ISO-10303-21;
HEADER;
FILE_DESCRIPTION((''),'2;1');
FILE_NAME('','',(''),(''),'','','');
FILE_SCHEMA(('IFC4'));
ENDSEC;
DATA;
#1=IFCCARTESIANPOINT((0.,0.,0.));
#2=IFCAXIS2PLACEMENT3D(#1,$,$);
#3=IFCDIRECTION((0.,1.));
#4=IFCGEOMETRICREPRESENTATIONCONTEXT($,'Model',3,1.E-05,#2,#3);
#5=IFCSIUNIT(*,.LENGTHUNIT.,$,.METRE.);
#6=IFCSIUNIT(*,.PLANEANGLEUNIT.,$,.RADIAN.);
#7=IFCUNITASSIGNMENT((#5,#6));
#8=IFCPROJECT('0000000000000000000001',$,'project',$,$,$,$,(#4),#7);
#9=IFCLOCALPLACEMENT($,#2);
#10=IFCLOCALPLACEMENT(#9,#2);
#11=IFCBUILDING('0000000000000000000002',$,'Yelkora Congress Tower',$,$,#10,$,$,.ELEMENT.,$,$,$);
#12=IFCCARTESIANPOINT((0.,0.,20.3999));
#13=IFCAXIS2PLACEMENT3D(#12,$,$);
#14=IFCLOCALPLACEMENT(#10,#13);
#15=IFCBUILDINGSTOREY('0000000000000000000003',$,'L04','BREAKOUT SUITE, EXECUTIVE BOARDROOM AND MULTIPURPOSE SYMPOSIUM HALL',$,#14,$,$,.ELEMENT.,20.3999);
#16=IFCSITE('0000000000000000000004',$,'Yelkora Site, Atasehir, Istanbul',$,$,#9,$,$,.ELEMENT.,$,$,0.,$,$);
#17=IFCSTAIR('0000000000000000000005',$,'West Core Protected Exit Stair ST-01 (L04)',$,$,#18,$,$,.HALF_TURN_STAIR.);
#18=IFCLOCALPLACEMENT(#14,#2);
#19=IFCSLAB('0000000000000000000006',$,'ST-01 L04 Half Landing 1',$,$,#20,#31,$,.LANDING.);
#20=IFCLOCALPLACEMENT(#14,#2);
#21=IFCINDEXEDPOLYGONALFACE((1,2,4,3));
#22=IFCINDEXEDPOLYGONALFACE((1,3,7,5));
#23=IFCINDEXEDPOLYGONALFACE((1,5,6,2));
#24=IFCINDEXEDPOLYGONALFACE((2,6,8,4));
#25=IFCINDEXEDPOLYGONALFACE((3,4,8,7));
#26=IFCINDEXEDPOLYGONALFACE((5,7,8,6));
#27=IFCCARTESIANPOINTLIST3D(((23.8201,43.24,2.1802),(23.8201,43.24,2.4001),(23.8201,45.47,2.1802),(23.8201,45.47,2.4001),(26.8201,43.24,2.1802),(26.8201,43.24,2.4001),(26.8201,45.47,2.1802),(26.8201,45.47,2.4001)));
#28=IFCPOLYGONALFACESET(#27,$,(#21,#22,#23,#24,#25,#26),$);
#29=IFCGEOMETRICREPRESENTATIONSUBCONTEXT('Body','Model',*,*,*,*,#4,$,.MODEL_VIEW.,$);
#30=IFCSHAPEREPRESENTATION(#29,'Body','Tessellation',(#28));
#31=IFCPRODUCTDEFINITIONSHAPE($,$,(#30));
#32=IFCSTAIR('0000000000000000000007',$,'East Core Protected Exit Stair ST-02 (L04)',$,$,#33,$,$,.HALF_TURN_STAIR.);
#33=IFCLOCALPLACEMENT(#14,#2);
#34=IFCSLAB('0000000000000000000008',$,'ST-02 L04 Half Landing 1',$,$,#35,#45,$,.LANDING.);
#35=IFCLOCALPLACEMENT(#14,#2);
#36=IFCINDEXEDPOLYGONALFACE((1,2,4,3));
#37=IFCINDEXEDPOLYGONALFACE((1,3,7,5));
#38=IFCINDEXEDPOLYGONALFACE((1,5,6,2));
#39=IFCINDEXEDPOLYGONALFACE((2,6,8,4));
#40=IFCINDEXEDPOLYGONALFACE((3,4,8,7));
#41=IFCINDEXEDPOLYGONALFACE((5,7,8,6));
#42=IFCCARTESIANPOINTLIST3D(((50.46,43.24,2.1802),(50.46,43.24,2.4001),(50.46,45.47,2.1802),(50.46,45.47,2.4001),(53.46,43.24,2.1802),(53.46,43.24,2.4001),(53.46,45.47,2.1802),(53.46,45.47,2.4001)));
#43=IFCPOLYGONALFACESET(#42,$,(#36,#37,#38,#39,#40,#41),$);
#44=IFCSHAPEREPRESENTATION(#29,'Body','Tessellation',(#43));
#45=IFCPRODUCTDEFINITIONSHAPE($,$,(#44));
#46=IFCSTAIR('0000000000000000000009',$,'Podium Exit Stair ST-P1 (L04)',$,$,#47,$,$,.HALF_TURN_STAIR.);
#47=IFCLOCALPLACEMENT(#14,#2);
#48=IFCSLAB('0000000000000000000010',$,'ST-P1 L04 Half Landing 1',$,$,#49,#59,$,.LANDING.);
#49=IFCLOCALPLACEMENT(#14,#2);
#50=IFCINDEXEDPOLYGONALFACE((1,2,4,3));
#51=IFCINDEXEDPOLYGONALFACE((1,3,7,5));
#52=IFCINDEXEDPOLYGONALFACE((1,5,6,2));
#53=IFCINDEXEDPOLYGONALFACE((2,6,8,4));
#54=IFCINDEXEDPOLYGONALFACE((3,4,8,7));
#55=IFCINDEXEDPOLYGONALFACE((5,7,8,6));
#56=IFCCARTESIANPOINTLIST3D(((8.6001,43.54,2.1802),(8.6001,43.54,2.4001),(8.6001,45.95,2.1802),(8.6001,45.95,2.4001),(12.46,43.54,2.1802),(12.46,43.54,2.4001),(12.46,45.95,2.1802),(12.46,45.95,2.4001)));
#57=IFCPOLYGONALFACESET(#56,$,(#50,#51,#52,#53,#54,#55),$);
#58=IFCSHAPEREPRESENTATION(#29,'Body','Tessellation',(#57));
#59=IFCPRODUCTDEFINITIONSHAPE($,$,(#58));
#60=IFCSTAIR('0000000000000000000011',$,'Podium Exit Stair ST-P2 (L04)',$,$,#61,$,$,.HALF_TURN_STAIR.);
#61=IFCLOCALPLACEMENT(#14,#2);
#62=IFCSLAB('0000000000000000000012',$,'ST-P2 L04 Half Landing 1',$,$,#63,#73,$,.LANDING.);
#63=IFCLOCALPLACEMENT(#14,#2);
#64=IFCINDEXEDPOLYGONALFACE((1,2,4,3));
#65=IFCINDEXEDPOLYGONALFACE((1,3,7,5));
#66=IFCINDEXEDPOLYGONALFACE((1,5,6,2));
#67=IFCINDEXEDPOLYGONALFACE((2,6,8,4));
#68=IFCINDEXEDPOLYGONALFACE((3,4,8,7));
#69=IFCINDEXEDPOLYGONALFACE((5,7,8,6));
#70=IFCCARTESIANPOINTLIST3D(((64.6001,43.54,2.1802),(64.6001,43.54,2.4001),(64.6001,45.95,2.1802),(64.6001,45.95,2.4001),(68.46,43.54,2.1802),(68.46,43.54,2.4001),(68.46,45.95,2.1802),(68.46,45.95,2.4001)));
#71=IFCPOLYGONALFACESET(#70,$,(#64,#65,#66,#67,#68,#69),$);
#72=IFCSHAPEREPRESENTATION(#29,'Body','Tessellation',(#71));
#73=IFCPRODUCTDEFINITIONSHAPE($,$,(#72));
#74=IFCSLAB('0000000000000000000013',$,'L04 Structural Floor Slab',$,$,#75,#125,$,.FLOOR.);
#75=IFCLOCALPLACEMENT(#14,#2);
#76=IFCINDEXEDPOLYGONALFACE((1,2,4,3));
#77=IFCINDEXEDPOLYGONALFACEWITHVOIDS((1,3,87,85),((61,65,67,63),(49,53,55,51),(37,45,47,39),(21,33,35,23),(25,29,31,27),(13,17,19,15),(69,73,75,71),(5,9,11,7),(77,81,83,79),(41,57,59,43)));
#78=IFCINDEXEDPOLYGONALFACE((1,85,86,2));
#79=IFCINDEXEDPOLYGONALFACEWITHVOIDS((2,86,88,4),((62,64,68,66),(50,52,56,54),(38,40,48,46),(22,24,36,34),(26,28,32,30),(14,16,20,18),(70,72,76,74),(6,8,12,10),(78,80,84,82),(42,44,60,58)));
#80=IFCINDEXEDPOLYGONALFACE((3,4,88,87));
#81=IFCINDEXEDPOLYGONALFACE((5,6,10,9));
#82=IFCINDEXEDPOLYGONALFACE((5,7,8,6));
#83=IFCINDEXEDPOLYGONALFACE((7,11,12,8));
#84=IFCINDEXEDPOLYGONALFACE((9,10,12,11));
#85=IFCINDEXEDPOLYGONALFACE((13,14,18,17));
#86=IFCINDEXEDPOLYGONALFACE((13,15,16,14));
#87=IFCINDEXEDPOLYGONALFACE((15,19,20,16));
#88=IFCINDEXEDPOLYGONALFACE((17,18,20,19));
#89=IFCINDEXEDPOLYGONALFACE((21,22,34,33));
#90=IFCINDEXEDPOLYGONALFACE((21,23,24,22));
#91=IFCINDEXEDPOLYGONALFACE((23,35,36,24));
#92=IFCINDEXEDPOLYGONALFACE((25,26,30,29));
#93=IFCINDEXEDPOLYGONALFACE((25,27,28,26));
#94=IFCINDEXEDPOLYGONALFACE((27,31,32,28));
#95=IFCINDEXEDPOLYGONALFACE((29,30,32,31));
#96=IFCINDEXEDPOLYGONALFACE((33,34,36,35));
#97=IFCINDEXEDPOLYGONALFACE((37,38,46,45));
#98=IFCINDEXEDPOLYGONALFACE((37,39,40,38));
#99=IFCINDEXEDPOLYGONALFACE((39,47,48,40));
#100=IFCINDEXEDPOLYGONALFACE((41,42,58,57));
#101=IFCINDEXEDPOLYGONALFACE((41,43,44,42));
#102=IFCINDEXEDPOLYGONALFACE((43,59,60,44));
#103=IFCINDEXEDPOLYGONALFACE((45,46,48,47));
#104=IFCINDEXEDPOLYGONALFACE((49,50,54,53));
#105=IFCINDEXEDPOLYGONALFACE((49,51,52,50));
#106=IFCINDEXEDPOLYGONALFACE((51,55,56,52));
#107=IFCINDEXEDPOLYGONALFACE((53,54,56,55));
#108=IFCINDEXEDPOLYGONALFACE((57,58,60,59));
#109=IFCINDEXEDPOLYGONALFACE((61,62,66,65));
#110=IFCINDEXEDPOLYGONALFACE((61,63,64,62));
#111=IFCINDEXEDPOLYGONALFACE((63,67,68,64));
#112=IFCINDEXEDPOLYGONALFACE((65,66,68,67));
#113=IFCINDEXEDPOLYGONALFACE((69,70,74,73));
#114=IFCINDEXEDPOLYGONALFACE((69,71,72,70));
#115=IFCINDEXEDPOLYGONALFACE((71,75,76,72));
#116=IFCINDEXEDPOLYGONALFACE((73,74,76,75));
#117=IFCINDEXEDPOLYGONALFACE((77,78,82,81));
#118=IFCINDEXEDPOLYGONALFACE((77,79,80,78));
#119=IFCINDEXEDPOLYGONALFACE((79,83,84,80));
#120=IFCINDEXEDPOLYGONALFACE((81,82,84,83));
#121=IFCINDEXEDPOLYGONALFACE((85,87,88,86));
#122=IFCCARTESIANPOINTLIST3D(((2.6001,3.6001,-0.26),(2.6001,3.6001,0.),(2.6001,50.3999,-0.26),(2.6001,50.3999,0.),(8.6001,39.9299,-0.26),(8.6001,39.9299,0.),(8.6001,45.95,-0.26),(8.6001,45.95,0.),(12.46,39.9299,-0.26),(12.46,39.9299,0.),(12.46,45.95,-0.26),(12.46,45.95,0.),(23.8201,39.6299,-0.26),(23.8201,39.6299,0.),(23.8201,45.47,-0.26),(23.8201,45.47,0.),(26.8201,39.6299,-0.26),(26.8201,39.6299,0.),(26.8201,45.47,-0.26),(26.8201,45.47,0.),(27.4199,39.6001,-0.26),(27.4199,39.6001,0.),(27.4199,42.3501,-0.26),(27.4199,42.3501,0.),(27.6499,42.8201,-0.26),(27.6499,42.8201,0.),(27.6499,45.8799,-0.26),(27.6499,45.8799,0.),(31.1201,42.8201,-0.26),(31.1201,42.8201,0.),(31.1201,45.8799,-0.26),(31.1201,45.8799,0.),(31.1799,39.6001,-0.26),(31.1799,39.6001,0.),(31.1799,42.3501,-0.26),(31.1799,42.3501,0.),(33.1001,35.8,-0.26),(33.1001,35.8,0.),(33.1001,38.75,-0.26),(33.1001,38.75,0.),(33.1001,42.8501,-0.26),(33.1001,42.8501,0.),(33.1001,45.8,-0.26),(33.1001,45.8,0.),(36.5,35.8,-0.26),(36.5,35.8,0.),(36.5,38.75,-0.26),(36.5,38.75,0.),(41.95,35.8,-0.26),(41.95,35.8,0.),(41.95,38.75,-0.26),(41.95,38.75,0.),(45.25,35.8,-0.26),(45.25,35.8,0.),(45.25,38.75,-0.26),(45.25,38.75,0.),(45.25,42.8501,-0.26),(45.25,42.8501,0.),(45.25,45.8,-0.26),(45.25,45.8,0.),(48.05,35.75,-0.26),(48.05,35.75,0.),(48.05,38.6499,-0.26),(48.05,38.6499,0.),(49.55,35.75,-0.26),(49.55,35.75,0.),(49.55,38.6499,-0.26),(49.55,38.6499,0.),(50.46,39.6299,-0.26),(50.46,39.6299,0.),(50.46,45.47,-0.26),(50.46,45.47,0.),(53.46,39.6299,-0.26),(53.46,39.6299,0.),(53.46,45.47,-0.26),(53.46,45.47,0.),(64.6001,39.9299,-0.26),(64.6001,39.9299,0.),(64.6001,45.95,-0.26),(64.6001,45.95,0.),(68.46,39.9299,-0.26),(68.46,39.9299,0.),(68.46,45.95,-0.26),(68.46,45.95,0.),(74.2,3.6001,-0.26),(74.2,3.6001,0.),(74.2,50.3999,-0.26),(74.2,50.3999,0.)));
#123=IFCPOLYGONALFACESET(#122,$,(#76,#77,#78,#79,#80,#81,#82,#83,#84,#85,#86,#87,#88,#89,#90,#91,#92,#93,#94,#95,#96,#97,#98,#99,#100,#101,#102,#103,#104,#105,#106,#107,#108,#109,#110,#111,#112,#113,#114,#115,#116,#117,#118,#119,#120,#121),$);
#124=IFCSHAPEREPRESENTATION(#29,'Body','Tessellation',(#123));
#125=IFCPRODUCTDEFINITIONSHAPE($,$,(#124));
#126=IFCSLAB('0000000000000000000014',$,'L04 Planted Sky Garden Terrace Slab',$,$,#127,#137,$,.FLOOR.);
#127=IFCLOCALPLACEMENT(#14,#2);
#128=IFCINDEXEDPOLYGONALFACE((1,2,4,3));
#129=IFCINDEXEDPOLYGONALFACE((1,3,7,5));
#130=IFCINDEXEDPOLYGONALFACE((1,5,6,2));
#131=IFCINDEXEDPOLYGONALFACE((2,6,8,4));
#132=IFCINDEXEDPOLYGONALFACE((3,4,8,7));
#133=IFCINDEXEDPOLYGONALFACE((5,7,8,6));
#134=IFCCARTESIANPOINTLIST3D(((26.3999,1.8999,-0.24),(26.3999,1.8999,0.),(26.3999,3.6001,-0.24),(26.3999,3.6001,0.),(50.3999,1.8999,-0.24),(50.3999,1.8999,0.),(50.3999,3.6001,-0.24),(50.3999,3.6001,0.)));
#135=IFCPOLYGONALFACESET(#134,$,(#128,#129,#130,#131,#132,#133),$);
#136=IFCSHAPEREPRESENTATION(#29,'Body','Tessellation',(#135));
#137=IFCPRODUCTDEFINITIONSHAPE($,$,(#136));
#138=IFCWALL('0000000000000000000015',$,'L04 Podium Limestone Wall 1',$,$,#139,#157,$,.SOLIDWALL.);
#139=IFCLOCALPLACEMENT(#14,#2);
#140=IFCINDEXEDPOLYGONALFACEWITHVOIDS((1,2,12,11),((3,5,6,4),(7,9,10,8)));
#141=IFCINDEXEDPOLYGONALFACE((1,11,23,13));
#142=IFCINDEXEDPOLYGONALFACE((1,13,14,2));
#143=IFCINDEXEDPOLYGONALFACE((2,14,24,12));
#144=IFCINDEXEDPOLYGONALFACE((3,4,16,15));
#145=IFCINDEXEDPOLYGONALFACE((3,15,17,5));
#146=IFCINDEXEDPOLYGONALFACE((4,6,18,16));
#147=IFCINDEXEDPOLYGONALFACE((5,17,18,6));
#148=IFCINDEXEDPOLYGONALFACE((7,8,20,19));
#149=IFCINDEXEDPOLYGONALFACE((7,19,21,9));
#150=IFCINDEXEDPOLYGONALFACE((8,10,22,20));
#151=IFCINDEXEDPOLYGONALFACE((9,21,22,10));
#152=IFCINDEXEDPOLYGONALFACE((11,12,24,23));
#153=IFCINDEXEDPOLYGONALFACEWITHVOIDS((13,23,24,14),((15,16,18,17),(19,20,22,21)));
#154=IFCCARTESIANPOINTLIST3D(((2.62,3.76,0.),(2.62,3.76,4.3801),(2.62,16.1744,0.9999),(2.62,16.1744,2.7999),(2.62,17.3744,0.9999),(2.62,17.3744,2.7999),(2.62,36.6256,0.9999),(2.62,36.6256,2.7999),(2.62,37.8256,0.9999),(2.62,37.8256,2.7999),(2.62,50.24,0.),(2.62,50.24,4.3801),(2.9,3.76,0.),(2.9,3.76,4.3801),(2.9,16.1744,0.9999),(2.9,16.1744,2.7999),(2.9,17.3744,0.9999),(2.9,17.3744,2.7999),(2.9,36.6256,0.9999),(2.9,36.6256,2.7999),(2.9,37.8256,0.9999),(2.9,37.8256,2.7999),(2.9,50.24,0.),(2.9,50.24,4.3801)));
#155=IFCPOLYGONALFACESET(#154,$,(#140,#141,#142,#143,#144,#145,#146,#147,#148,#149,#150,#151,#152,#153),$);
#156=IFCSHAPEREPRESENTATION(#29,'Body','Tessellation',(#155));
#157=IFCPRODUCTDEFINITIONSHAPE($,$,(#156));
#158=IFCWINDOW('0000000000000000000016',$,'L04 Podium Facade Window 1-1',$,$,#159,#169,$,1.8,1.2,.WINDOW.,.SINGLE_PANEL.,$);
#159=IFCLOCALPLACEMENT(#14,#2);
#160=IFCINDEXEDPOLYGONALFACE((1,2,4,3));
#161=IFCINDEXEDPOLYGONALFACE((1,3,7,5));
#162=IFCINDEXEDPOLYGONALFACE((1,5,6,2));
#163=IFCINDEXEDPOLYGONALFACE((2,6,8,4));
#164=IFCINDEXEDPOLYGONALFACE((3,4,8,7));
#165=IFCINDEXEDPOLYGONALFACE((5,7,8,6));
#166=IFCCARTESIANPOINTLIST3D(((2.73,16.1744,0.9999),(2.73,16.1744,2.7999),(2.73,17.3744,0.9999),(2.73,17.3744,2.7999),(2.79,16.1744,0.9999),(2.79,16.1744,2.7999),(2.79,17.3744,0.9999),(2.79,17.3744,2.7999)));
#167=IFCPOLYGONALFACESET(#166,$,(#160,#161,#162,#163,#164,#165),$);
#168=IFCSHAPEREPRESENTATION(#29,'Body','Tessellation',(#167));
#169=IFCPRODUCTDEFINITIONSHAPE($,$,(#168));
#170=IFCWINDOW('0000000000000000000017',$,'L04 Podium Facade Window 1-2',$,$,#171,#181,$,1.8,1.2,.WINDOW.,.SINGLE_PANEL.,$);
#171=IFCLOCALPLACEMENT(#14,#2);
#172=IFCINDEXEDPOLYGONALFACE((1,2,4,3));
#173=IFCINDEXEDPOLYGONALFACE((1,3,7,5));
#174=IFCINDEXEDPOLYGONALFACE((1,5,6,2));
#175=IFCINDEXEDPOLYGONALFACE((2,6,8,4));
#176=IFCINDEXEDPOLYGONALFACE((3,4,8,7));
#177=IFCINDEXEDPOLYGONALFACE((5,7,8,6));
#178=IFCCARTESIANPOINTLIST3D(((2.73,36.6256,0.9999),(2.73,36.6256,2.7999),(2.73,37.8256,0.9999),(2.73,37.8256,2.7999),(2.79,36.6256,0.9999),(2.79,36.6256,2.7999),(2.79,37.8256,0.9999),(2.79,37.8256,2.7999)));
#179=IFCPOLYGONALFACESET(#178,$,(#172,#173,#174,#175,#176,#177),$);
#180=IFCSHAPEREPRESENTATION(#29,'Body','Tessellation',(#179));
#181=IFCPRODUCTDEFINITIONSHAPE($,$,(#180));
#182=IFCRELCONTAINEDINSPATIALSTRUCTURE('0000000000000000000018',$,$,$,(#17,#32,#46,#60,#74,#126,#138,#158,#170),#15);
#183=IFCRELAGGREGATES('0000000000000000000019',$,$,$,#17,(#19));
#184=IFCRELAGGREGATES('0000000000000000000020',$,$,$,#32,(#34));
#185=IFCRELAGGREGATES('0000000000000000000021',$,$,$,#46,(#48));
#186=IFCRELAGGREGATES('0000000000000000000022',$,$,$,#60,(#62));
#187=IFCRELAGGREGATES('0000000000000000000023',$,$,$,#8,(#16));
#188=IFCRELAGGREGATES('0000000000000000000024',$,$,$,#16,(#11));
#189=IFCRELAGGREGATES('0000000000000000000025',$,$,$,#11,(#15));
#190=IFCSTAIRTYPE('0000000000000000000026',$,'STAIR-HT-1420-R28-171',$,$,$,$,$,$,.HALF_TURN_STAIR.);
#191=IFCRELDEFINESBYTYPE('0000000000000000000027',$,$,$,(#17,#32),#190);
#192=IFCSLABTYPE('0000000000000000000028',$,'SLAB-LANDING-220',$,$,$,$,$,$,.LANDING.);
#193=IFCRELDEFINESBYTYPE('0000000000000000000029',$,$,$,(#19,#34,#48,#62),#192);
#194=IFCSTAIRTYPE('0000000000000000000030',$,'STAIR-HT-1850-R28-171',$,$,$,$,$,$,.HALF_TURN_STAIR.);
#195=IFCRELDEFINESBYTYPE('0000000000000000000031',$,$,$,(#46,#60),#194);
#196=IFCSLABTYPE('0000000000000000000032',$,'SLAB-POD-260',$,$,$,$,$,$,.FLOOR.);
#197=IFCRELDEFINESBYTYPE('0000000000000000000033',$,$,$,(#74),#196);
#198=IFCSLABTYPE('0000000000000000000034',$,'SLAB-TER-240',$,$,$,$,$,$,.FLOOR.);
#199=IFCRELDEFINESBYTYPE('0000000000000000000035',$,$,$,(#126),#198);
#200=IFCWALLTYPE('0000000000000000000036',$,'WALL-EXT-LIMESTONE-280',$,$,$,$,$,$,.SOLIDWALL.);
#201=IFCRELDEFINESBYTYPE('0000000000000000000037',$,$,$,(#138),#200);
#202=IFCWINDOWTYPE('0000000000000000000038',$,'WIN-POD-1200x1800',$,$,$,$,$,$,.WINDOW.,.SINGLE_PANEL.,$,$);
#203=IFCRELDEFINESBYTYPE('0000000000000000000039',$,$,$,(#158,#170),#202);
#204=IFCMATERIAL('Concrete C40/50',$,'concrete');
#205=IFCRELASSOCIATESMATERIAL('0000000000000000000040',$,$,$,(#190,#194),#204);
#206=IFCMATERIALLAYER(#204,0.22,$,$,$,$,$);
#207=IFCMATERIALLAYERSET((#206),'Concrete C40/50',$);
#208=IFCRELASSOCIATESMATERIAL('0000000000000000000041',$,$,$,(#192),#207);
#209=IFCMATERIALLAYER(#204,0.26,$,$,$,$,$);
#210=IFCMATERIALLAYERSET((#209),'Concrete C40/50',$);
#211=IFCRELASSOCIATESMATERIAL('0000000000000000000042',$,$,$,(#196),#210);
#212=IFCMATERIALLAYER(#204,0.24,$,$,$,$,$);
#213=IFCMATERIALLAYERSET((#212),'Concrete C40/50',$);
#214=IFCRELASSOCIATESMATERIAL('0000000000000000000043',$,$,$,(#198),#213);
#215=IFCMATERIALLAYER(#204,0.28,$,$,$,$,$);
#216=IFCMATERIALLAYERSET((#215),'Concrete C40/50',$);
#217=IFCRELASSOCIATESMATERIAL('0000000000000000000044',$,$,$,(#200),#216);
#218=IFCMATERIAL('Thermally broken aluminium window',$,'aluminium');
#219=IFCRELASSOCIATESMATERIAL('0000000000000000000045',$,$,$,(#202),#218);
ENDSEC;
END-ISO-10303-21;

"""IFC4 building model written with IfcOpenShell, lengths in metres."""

from ifc_helpers import new_model, si_unit, direction, frame, frame_2d, origin, place, context, subcontext, project, spatial, polyline, rectangle, outline, extrude, material, layer, layer_set, type_object, element, fill, aggregate, save


model = new_model("IFC4")

# Units and contexts
model_context = context("Model", 3, precision=1e-05, world=origin(), true_north=direction((0.0, 1.0)))
body_context = subcontext(model_context, "Body", "Model", "MODEL_VIEW")
ifc_project = project(units=[si_unit("LENGTHUNIT", "METRE"), si_unit("PLANEANGLEUNIT", "RADIAN")], contexts=[model_context])

# Site, building, storey
site_placement = place(None, origin())
site = spatial("IfcSite", under=ifc_project, at=site_placement, Name="Yelkora Site, Atasehir, Istanbul", CompositionType="ELEMENT", RefElevation=0.0)
building_placement = place(site_placement, origin())
building = spatial("IfcBuilding", under=site, at=building_placement, Name="Yelkora Congress Tower", CompositionType="ELEMENT")
storey_placement = place(building_placement, frame((0.0, 0.0, 20.3999)))
storey = spatial("IfcBuildingStorey", under=building, at=storey_placement, Name="L04", Description="BREAKOUT SUITE, EXECUTIVE BOARDROOM AND MULTIPURPOSE SYMPOSIUM HALL", CompositionType="ELEMENT", Elevation=20.3999)

# Stairs, slabs
ifc_material_1 = material(Name="Concrete C40/50", Category="concrete")
stair_type_1 = type_object("IfcStairType", Name="STAIR-HT-1420-R28-171", PredefinedType="HALF_TURN_STAIR", material=ifc_material_1)
stair_1_placement = place(storey_placement, origin())
stair_1 = element("IfcStair", 1, at=stair_1_placement, inside=storey, type_object=stair_type_1, Name="West Core Protected Exit Stair ST-01 (L04)", PredefinedType="HALF_TURN_STAIR")
ifc_layer_1 = layer(ifc_material_1, 0.22)
ifc_layer_set_1 = layer_set([ifc_layer_1], Name="Concrete C40/50")
slab_type_1 = type_object("IfcSlabType", Name="SLAB-LANDING-220", PredefinedType="LANDING", material=ifc_layer_set_1)
slab_1_placement = place(storey_placement, frame((0.0, 0.0, 2.1802)))
slab_1 = element("IfcSlab", 2, at=slab_1_placement, type_object=slab_type_1, Name="ST-01 L04 Half Landing 1", PredefinedType="LANDING", context=body_context, shape_type="SweptSolid", body=[
    extrude(outline(polyline([(26.8201, 43.24), (26.8201, 45.47), (23.8201, 45.47), (23.8201, 43.24), (26.8201, 43.24)])), origin(), (0.0, 0.0, 1.0), 0.22),
])
aggregate(stair_1, [slab_1])
stair_2_placement = place(storey_placement, origin())
stair_2 = element("IfcStair", 3, at=stair_2_placement, inside=storey, type_object=stair_type_1, Name="East Core Protected Exit Stair ST-02 (L04)", PredefinedType="HALF_TURN_STAIR")
slab_2_placement = place(storey_placement, frame((0.0, 0.0, 2.1802)))
slab_2 = element("IfcSlab", 4, at=slab_2_placement, type_object=slab_type_1, Name="ST-02 L04 Half Landing 1", PredefinedType="LANDING", context=body_context, shape_type="SweptSolid", body=[
    extrude(outline(polyline([(53.46, 43.24), (53.46, 45.47), (50.46, 45.47), (50.46, 43.24), (53.46, 43.24)])), origin(), (0.0, 0.0, 1.0), 0.22),
])
aggregate(stair_2, [slab_2])
stair_type_2 = type_object("IfcStairType", Name="STAIR-HT-1850-R28-171", PredefinedType="HALF_TURN_STAIR", material=ifc_material_1)
stair_3_placement = place(storey_placement, origin())
stair_3 = element("IfcStair", 5, at=stair_3_placement, inside=storey, type_object=stair_type_2, Name="Podium Exit Stair ST-P1 (L04)", PredefinedType="HALF_TURN_STAIR")
slab_3_placement = place(storey_placement, frame((0.0, 0.0, 2.1802)))
slab_3 = element("IfcSlab", 6, at=slab_3_placement, type_object=slab_type_1, Name="ST-P1 L04 Half Landing 1", PredefinedType="LANDING", context=body_context, shape_type="SweptSolid", body=[
    extrude(outline(polyline([(12.46, 43.54), (12.46, 45.95), (8.6001, 45.95), (8.6001, 43.54), (12.46, 43.54)])), origin(), (0.0, 0.0, 1.0), 0.22),
])
aggregate(stair_3, [slab_3])
stair_4_placement = place(storey_placement, origin())
stair_4 = element("IfcStair", 7, at=stair_4_placement, inside=storey, type_object=stair_type_2, Name="Podium Exit Stair ST-P2 (L04)", PredefinedType="HALF_TURN_STAIR")
slab_4_placement = place(storey_placement, frame((0.0, 0.0, 2.1802)))
slab_4 = element("IfcSlab", 8, at=slab_4_placement, type_object=slab_type_1, Name="ST-P2 L04 Half Landing 1", PredefinedType="LANDING", context=body_context, shape_type="SweptSolid", body=[
    extrude(outline(polyline([(68.46, 43.54), (68.46, 45.95), (64.6001, 45.95), (64.6001, 43.54), (68.46, 43.54)])), origin(), (0.0, 0.0, 1.0), 0.22),
])
aggregate(stair_4, [slab_4])

# Slabs
ifc_layer_2 = layer(ifc_material_1, 0.26)
ifc_layer_set_2 = layer_set([ifc_layer_2], Name="Concrete C40/50")
slab_type_2 = type_object("IfcSlabType", Name="SLAB-POD-260", PredefinedType="FLOOR", material=ifc_layer_set_2)
slab_5_placement = place(storey_placement, frame((0.0, 0.0, -0.26)))
element("IfcSlab", 9, at=slab_5_placement, inside=storey, type_object=slab_type_2, Name="L04 Structural Floor Slab", PredefinedType="FLOOR", context=body_context, shape_type="SweptSolid", body=[
    extrude(outline(polyline([(2.6001, 3.6001), (74.2, 3.6001), (74.2, 50.3999), (2.6001, 50.3999), (2.6001, 3.6001)]), holes=[polyline([(23.8201, 39.6299), (26.8201, 39.6299), (26.8201, 45.47), (23.8201, 45.47), (23.8201, 39.6299)]), polyline([(50.46, 39.6299), (53.46, 39.6299), (53.46, 45.47), (50.46, 45.47), (50.46, 39.6299)]), polyline([(8.6001, 39.9299), (12.46, 39.9299), (12.46, 45.95), (8.6001, 45.95), (8.6001, 39.9299)]), polyline([(64.6001, 39.9299), (68.46, 39.9299), (68.46, 45.95), (64.6001, 45.95), (64.6001, 39.9299)]), polyline([(48.05, 35.75), (49.55, 35.75), (49.55, 38.6499), (48.05, 38.6499), (48.05, 35.75)]), polyline([(41.95, 35.8), (45.25, 35.8), (45.25, 38.75), (41.95, 38.75), (41.95, 35.8)]), polyline([(33.1001, 42.8501), (45.25, 42.8501), (45.25, 45.8), (33.1001, 45.8), (33.1001, 42.8501)]), polyline([(33.1001, 35.8), (36.5, 35.8), (36.5, 38.75), (33.1001, 38.75), (33.1001, 35.8)]), polyline([(27.4199, 39.6001), (31.1799, 39.6001), (31.1799, 42.3501), (27.4199, 42.3501), (27.4199, 39.6001)]), polyline([(27.6499, 42.8201), (31.1201, 42.8201), (31.1201, 45.8799), (27.6499, 45.8799), (27.6499, 42.8201)])]), origin(), (0.0, 0.0, 1.0), 0.26),
])
ifc_layer_3 = layer(ifc_material_1, 0.24)
ifc_layer_set_3 = layer_set([ifc_layer_3], Name="Concrete C40/50")
slab_type_3 = type_object("IfcSlabType", Name="SLAB-TER-240", PredefinedType="FLOOR", material=ifc_layer_set_3)
slab_6_placement = place(storey_placement, frame((0.0, 0.0, -0.24)))
element("IfcSlab", 10, at=slab_6_placement, inside=storey, type_object=slab_type_3, Name="L04 Planted Sky Garden Terrace Slab", PredefinedType="FLOOR", context=body_context, shape_type="SweptSolid", body=[
    extrude(outline(polyline([(26.3999, 1.8999), (26.3999, 3.6001), (50.3999, 3.6001), (50.3999, 1.8999), (26.3999, 1.8999)])), origin(), (0.0, 0.0, 1.0), 0.24),
])

# Wall, openings, windows
ifc_layer_4 = layer(ifc_material_1, 0.28)
ifc_layer_set_4 = layer_set([ifc_layer_4], Name="Concrete C40/50")
wall_type = type_object("IfcWallType", Name="WALL-EXT-LIMESTONE-280", PredefinedType="SOLIDWALL", material=ifc_layer_set_4)
wall_placement = place(storey_placement, frame((2.76, 3.76, 0.0), z_axis=(0.0, 0.0, 1.0), x_axis=(0.0, 1.0, 0.0)))
wall = element("IfcWall", 11, at=wall_placement, inside=storey, type_object=wall_type, Name="L04 Podium Limestone Wall 1", PredefinedType="SOLIDWALL", context=body_context, shape_type="SweptSolid", body=[
    extrude(rectangle(XDim=46.48, YDim=0.28, at=frame_2d((23.24, 0.0))), origin(), (0.0, 0.0, 1.0), 4.3801),
])
opening_1_placement = place(wall_placement, frame((12.4143, 0.0, 1.0)))
opening_1 = element("IfcOpeningElement", 12, at=opening_1_placement, cuts=wall, PredefinedType="OPENING", context=body_context, shape_type="SweptSolid", body=[
    extrude(rectangle(XDim=1.2, YDim=1.8, at=frame_2d((0.6001, 0.8999))), frame((0.0, 0.1499, 0.0), z_axis=(0.0, -1.0, 0.0), x_axis=(1.0, 0.0, 0.0)), (0.0, 0.0, 1.0), 0.3),
])
opening_2_placement = place(wall_placement, frame((32.8655, 0.0, 1.0)))
opening_2 = element("IfcOpeningElement", 13, at=opening_2_placement, cuts=wall, PredefinedType="OPENING", context=body_context, shape_type="SweptSolid", body=[
    extrude(rectangle(XDim=1.2, YDim=1.8, at=frame_2d((0.6001, 0.8999))), frame((0.0, 0.1499, 0.0), z_axis=(0.0, -1.0, 0.0), x_axis=(1.0, 0.0, 0.0)), (0.0, 0.0, 1.0), 0.3),
])
ifc_material_2 = material(Name="Thermally broken aluminium window", Category="aluminium")
window_type = type_object("IfcWindowType", Name="WIN-POD-1200x1800", PartitioningType="SINGLE_PANEL", PredefinedType="WINDOW", material=ifc_material_2)
window_1_placement = place(opening_1_placement, origin())
window_1 = element("IfcWindow", 14, at=window_1_placement, inside=storey, type_object=window_type, Name="L04 Podium Facade Window 1-1", OverallHeight=1.8, OverallWidth=1.2, PartitioningType="SINGLE_PANEL", PredefinedType="WINDOW", context=body_context, shape_type="SweptSolid", body=[
    extrude(rectangle(XDim=1.2, YDim=1.8, at=frame_2d((0.6001, 0.8999))), frame((0.0, 0.03, 0.0), z_axis=(0.0, -1.0, 0.0), x_axis=(1.0, 0.0, 0.0)), (0.0, 0.0, 1.0), 0.0601),
])
fill(opening_1, window_1)
window_2_placement = place(opening_2_placement, origin())
window_2 = element("IfcWindow", 15, at=window_2_placement, inside=storey, type_object=window_type, Name="L04 Podium Facade Window 1-2", OverallHeight=1.8, OverallWidth=1.2, PartitioningType="SINGLE_PANEL", PredefinedType="WINDOW", context=body_context, shape_type="SweptSolid", body=[
    extrude(rectangle(XDim=1.2, YDim=1.8, at=frame_2d((0.6001, 0.8999))), frame((0.0, 0.03, 0.0), z_axis=(0.0, -1.0, 0.0), x_axis=(1.0, 0.0, 0.0)), (0.0, 0.0, 1.0), 0.0601),
])
fill(opening_2, window_2)

save(model, "model.ifc")
